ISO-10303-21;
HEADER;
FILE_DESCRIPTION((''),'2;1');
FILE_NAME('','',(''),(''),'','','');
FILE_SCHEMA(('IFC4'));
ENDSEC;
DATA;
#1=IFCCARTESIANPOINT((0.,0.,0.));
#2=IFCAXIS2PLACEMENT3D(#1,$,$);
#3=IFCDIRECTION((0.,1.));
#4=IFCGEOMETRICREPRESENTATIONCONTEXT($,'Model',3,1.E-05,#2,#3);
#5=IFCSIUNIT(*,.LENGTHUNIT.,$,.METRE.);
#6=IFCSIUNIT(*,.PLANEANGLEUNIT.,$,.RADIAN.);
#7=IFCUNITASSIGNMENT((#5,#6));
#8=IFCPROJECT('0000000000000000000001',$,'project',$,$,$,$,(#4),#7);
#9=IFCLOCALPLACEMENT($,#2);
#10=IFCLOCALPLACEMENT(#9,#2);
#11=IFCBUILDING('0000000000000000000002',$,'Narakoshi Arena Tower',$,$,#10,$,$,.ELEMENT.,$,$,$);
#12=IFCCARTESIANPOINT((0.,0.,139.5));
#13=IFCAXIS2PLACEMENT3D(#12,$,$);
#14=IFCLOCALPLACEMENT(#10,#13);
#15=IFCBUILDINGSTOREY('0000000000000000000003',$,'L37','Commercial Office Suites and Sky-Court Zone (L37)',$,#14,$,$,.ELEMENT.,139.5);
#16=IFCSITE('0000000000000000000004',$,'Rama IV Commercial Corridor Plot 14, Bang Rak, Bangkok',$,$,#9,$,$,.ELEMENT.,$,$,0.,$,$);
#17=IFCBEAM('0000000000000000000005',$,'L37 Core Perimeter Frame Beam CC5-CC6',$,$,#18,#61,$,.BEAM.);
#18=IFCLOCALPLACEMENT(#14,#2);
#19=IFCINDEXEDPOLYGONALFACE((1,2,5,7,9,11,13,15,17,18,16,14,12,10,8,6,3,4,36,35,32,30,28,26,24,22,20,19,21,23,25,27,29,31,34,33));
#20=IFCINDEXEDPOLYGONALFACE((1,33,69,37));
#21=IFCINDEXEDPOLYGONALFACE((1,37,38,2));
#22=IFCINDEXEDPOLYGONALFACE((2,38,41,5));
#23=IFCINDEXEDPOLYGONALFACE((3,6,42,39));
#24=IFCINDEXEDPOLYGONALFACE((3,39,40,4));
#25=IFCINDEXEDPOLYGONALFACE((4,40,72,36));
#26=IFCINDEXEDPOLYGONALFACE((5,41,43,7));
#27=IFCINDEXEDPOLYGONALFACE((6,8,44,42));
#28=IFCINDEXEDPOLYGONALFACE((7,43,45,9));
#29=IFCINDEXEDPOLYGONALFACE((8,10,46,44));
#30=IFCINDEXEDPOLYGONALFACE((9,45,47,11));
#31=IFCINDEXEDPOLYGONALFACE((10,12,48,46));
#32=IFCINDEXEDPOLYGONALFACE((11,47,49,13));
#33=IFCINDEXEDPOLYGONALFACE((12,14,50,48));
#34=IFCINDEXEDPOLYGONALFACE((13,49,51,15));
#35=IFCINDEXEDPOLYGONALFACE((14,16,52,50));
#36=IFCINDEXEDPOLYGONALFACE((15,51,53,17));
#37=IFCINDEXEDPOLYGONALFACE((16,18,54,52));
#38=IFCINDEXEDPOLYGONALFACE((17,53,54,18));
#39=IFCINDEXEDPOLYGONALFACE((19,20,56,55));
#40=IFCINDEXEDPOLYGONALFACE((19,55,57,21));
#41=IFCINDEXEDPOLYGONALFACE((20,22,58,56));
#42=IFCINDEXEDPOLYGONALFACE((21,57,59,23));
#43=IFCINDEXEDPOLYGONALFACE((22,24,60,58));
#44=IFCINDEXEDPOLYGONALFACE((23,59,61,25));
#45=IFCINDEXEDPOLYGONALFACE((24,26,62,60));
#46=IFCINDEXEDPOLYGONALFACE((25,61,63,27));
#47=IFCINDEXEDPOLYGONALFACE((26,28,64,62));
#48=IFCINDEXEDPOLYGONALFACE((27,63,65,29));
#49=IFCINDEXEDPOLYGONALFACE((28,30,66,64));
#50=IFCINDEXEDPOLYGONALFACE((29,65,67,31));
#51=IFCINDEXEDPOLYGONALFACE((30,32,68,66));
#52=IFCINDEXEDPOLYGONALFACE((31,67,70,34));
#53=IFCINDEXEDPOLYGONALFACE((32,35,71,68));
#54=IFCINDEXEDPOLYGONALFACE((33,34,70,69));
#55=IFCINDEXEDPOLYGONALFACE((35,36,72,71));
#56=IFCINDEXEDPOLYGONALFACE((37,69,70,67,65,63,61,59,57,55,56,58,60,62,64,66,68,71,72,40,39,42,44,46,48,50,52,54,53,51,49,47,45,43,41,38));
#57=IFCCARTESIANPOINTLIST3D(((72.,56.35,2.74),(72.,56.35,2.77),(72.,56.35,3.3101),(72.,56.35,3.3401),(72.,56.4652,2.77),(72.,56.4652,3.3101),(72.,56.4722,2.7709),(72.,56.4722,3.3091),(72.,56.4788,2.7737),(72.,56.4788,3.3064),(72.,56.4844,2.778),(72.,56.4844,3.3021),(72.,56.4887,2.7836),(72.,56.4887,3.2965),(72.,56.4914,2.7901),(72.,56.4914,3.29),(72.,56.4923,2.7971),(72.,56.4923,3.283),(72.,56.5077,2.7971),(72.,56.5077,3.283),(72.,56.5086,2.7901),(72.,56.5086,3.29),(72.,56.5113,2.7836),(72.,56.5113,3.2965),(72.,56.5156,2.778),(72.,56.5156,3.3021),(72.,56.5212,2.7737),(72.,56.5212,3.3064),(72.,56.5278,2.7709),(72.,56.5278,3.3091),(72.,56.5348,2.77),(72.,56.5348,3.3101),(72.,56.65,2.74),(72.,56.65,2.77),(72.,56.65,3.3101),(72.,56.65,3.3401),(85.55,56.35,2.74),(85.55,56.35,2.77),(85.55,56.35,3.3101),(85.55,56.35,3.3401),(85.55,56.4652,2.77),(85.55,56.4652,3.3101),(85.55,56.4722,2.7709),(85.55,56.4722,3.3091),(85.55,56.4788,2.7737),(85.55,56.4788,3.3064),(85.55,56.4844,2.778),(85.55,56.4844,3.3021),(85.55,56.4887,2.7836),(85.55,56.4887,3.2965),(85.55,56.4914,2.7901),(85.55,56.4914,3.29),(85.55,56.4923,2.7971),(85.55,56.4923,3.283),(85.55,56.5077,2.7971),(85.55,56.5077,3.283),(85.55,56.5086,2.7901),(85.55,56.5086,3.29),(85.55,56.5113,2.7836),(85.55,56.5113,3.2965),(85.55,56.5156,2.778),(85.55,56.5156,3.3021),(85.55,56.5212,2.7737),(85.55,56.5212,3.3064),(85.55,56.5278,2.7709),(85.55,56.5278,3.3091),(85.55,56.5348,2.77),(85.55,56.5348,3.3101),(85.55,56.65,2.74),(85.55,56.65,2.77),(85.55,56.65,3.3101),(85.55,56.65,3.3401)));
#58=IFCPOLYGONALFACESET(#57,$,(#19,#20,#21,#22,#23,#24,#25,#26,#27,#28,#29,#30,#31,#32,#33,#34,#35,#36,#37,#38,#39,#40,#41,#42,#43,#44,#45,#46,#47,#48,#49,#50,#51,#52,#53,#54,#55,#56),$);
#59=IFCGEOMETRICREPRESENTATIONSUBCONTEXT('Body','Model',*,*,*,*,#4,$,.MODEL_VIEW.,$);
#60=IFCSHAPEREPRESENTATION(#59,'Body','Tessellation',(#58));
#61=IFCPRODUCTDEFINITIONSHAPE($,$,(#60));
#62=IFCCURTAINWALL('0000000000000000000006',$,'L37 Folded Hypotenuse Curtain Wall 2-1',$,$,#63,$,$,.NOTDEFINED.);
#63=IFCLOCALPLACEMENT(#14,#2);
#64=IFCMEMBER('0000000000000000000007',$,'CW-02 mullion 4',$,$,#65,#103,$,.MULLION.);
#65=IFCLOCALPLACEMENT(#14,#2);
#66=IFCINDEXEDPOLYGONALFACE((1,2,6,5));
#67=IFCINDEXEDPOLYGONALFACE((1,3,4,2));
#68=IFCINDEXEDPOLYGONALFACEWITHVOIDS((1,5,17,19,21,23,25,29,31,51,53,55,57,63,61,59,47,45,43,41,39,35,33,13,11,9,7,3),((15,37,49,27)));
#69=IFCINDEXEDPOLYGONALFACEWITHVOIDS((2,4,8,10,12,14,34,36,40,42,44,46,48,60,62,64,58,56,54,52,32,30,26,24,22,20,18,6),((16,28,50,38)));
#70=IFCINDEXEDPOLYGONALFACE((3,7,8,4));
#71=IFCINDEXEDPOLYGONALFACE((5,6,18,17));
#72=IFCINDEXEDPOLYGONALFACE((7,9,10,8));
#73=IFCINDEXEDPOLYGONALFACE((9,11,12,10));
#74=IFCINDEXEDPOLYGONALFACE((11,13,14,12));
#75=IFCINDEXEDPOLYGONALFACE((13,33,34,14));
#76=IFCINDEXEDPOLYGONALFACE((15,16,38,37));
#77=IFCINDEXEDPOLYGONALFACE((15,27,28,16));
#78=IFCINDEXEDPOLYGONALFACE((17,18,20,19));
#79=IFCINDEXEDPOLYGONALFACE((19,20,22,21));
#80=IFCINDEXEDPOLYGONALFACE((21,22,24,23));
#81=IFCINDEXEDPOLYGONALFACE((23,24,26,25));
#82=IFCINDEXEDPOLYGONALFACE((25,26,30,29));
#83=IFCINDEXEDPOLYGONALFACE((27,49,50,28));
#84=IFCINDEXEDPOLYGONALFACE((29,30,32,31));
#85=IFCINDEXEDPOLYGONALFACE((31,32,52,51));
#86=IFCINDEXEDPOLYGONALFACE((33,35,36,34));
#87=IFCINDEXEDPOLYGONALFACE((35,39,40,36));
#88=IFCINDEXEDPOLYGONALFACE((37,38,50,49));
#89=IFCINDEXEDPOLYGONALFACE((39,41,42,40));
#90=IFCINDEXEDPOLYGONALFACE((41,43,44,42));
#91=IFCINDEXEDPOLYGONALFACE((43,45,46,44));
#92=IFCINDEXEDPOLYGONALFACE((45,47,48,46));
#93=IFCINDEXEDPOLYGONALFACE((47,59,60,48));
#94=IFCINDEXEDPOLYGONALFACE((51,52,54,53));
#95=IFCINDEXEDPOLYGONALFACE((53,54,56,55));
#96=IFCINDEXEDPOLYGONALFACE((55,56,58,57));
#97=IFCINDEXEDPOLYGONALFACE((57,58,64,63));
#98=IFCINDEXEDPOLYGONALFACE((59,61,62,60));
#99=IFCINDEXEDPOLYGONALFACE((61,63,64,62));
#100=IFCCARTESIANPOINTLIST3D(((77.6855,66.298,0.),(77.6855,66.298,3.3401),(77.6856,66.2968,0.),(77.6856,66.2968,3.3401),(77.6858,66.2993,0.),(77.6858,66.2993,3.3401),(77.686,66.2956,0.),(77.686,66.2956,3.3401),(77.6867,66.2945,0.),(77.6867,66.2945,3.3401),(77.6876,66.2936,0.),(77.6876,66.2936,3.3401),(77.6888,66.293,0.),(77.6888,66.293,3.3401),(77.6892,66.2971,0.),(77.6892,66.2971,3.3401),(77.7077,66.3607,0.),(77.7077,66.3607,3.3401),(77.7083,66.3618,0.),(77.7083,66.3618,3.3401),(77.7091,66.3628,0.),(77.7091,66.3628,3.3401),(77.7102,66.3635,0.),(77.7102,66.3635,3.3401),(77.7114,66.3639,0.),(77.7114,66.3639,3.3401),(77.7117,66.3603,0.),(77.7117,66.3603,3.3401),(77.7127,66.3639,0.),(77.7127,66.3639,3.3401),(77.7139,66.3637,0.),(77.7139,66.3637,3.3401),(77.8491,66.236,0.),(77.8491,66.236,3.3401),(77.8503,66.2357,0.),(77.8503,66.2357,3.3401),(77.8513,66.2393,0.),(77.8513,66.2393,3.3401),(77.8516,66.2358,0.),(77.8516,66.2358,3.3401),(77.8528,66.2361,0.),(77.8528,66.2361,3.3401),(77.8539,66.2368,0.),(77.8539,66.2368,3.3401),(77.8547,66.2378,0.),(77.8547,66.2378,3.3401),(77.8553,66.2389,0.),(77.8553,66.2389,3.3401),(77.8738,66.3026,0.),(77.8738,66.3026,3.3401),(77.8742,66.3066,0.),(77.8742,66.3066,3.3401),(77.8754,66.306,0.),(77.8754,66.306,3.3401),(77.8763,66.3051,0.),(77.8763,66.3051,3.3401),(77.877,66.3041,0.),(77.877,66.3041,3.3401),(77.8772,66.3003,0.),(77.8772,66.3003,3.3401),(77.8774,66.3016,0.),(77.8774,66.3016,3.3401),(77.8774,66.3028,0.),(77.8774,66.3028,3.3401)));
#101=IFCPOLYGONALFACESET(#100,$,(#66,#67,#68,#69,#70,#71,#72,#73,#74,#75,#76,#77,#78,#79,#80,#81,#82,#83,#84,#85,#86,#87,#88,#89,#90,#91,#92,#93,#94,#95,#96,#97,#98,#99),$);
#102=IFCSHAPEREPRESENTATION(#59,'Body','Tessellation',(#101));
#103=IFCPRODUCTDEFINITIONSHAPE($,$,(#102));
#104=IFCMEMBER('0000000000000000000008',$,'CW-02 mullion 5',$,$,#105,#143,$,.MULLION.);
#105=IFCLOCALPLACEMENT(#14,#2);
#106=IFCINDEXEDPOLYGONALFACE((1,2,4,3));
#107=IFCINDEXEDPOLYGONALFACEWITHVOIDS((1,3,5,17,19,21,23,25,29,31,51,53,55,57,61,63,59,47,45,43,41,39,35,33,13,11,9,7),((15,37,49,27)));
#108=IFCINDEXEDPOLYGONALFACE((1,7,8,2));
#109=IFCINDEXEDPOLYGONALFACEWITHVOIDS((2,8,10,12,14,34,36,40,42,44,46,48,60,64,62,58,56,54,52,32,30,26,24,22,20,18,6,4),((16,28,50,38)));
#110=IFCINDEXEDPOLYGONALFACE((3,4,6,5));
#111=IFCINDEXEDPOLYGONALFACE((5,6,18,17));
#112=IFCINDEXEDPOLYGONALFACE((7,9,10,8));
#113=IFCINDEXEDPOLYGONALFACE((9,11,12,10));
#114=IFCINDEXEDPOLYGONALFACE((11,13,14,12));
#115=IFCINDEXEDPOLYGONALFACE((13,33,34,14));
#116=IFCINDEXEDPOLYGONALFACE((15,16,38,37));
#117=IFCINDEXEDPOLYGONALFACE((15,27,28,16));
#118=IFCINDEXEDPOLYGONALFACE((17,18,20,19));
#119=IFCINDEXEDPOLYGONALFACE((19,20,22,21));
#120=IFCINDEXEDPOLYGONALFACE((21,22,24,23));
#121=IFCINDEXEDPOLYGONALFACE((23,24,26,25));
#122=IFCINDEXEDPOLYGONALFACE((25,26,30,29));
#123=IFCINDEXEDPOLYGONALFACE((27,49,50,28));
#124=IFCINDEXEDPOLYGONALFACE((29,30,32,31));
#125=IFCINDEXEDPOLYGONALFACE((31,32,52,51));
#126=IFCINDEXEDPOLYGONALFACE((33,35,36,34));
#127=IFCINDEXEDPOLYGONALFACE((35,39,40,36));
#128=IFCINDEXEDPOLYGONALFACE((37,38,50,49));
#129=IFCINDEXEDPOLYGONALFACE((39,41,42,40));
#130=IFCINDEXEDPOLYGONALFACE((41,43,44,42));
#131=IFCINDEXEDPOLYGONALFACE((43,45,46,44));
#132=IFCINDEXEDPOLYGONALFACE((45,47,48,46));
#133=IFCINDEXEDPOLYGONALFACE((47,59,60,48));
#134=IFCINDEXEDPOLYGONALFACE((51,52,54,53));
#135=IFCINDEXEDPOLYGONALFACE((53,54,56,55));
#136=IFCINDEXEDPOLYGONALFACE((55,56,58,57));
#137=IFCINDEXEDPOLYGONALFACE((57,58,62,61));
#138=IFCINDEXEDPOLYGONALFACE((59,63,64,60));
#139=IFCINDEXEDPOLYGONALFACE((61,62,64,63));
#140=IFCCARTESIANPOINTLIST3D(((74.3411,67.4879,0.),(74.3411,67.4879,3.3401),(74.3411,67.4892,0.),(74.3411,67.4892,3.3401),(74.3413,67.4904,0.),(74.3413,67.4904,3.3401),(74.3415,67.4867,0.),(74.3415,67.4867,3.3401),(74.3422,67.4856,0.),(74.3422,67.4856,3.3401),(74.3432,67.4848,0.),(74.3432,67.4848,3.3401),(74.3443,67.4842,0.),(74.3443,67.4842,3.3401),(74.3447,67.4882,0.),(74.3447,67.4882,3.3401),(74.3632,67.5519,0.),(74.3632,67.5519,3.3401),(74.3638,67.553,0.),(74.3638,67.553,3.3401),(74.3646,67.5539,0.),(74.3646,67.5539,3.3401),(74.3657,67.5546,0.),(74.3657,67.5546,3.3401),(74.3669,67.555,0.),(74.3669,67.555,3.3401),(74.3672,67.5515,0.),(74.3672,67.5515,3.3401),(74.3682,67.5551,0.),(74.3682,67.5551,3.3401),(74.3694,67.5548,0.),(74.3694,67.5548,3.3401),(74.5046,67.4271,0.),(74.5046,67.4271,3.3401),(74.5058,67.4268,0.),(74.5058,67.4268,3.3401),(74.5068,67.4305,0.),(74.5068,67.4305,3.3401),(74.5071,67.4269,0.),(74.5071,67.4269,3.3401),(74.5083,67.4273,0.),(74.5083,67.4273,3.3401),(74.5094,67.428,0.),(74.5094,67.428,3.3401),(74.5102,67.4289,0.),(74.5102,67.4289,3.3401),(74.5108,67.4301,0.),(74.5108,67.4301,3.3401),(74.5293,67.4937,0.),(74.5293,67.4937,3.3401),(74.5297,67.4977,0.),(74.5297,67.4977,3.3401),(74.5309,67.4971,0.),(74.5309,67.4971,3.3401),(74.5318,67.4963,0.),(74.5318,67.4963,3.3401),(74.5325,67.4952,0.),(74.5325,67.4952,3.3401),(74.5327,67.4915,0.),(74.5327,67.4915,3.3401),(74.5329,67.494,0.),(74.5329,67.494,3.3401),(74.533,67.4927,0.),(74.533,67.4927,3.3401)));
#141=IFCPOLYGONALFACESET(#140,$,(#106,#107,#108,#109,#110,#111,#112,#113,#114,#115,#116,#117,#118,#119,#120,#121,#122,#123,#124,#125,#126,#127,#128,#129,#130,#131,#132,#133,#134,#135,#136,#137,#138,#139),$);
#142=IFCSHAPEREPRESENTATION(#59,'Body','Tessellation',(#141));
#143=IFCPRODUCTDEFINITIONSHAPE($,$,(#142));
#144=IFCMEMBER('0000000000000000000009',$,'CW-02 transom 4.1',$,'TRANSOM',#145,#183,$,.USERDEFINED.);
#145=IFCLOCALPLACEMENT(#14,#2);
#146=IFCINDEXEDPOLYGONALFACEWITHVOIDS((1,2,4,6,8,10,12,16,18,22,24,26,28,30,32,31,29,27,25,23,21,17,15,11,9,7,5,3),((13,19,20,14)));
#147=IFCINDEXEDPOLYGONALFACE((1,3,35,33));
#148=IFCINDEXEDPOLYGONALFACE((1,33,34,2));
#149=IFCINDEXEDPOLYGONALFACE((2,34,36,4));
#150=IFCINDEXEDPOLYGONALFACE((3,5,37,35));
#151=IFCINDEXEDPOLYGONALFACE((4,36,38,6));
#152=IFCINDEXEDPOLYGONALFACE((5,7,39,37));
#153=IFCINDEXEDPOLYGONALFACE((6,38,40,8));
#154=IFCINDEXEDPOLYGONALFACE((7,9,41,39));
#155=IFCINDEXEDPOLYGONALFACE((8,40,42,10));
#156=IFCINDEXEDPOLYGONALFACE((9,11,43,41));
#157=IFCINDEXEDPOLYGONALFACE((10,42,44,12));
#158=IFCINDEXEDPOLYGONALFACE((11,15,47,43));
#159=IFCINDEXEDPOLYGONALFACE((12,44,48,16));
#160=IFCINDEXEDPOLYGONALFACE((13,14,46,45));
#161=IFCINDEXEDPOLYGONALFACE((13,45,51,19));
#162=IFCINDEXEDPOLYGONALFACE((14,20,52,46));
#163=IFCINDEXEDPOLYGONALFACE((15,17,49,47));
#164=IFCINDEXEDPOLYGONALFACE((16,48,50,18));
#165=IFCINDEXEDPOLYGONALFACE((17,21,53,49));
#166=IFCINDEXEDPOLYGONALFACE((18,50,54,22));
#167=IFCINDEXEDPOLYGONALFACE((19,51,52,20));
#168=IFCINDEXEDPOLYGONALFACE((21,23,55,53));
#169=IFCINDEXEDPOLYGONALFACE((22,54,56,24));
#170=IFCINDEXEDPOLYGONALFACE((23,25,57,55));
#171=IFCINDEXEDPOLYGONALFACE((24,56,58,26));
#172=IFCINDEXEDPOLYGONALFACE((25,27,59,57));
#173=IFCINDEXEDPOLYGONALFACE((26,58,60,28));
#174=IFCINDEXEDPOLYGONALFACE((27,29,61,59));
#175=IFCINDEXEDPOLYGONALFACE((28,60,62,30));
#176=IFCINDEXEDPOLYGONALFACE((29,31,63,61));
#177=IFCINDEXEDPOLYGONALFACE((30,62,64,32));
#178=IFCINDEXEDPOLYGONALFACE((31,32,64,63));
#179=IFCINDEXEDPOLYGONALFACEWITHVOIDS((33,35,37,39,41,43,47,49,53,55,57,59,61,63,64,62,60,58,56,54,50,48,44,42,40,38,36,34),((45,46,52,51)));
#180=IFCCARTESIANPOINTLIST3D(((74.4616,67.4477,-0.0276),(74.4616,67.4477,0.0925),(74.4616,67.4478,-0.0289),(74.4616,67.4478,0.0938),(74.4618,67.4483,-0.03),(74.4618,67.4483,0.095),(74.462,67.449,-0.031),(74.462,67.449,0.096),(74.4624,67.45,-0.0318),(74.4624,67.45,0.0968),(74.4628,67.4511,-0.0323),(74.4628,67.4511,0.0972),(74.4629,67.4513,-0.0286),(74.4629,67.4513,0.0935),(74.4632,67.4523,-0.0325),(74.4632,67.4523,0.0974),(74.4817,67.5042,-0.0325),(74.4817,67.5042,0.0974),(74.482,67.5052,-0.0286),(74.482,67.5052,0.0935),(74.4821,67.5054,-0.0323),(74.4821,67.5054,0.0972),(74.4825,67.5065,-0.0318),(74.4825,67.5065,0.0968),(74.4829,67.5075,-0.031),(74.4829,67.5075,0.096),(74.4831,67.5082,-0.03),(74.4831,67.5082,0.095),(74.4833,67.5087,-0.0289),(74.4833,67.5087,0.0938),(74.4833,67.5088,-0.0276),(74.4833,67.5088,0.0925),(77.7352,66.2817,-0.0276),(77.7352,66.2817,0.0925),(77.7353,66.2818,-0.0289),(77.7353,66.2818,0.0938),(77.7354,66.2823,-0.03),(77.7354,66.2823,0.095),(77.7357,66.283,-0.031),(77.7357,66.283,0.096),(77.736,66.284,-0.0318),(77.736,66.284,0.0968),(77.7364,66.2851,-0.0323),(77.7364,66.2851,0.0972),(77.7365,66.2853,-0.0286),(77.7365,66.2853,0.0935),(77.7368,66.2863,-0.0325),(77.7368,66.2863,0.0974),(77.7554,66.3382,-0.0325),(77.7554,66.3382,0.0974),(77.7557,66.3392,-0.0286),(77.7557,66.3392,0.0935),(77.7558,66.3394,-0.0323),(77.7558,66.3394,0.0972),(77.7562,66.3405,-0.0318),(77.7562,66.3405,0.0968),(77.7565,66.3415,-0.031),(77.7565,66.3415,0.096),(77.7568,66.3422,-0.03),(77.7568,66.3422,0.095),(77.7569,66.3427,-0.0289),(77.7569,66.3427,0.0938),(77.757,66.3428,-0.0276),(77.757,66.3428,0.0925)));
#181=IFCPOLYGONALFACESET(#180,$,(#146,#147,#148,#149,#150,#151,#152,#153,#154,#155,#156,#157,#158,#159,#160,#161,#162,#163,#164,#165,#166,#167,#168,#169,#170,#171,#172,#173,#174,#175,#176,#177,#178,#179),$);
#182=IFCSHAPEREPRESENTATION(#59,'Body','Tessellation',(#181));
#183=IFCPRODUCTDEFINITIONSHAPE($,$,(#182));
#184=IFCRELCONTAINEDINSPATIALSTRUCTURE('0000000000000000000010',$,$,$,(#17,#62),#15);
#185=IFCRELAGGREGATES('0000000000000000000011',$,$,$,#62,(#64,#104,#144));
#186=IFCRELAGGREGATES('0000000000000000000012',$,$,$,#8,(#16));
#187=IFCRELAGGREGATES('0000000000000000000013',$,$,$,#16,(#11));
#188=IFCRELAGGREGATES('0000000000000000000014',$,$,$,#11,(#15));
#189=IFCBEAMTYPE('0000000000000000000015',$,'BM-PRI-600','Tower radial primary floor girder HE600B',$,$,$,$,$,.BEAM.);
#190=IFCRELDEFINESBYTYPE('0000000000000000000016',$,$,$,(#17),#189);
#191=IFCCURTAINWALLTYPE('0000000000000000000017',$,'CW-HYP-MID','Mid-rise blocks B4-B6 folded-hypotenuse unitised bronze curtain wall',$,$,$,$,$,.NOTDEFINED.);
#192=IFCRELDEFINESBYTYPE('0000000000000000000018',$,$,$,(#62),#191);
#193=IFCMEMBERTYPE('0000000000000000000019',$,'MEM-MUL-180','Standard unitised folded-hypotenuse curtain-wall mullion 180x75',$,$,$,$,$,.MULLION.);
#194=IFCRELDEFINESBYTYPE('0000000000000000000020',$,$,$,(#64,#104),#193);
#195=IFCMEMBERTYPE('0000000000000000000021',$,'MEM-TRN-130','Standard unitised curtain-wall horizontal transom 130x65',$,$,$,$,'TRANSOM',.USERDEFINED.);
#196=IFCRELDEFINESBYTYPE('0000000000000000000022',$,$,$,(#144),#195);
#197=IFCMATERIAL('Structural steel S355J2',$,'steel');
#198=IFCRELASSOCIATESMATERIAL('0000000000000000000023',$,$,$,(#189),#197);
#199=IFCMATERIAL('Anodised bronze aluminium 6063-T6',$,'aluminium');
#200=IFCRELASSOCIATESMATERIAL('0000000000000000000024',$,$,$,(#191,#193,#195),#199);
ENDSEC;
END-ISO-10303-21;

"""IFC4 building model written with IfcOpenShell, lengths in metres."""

from ifc_helpers import new_model, si_unit, direction, frame, origin, origin_2d, place, context, subcontext, project, spatial, hollow_rectangle, i_section, extrude, material, material_profile, profile_set, type_object, element, aggregate, save


model = new_model("IFC4")

# Units and contexts
model_context = context("Model", 3, precision=1e-05, world=origin(), true_north=direction((0.0, 1.0)))
body_context = subcontext(model_context, "Body", "Model", "MODEL_VIEW")
ifc_project = project(units=[si_unit("LENGTHUNIT", "METRE"), si_unit("PLANEANGLEUNIT", "RADIAN")], contexts=[model_context])

# Site, building, storey
site_placement = place(None, origin())
site = spatial("IfcSite", under=ifc_project, at=site_placement, Name="Rama IV Commercial Corridor Plot 14, Bang Rak, Bangkok", CompositionType="ELEMENT", RefElevation=0.0)
building_placement = place(site_placement, origin())
building = spatial("IfcBuilding", under=site, at=building_placement, Name="Narakoshi Arena Tower", CompositionType="ELEMENT")
storey_placement = place(building_placement, frame((0.0, 0.0, 139.5)))
storey = spatial("IfcBuildingStorey", under=building, at=storey_placement, Name="L37", Description="Commercial Office Suites and Sky-Court Zone (L37)", CompositionType="ELEMENT", Elevation=139.5)

# Beam
ifc_material_1 = material(Name="Structural steel S355J2", Category="steel")
ifc_material_profile_1 = material_profile(ifc_material_1, i_section(OverallWidth=0.3, OverallDepth=0.6001, WebThickness=0.0154, FlangeThickness=0.03, FilletRadius=0.0271, at=origin_2d()), Name="HE600B")
ifc_profile_set_1 = profile_set([ifc_material_profile_1], Name="Structural steel S355J2")
beam_type = type_object("IfcBeamType", Name="BM-PRI-600", Description="Tower radial primary floor girder HE600B", PredefinedType="BEAM", material=ifc_profile_set_1)
beam_placement = place(storey_placement, frame((72.0, 56.5, 3.04), z_axis=(1.0, 0.0, 0.0), x_axis=(0.0, 1.0, 0.0)))
element("IfcBeam", 1, at=beam_placement, inside=storey, type_object=beam_type, Name="L37 Core Perimeter Frame Beam CC5-CC6", PredefinedType="BEAM", context=body_context, shape_type="SweptSolid", body=[
    extrude(i_section(OverallWidth=0.3, OverallDepth=0.6001, WebThickness=0.0154, FlangeThickness=0.03, FilletRadius=0.0271, at=origin_2d()), origin(), (0.0, 0.0, 1.0), 13.55),
])

# Curtain wall, members
ifc_material_2 = material(Name="Anodised bronze aluminium 6063-T6", Category="aluminium")
curtain_wall_type = type_object("IfcCurtainWallType", Name="CW-HYP-MID", Description="Mid-rise blocks B4-B6 folded-hypotenuse unitised bronze curtain wall", PredefinedType="NOTDEFINED", material=ifc_material_2)
curtain_wall_placement = place(storey_placement, origin())
curtain_wall = element("IfcCurtainWall", 2, at=curtain_wall_placement, inside=storey, type_object=curtain_wall_type, Name="L37 Folded Hypotenuse Curtain Wall 2-1", PredefinedType="NOTDEFINED")
ifc_material_profile_2 = material_profile(ifc_material_2, hollow_rectangle(XDim=0.075, YDim=0.1799, WallThickness=0.0039, OuterFilletRadius=0.0049, at=origin_2d()), Name="MUL180x75x4")
ifc_profile_set_2 = profile_set([ifc_material_profile_2], Name="Anodised bronze aluminium 6063-T6")
member_type_1 = type_object("IfcMemberType", Name="MEM-MUL-180", Description="Standard unitised folded-hypotenuse curtain-wall mullion 180x75", PredefinedType="MULLION", material=ifc_profile_set_2)
member_1_placement = place(storey_placement, frame((77.7815, 66.2998, 0.0), z_axis=(0.0, 0.0, 1.0), x_axis=(-0.335518, -0.942034, 0.0)))
member_1 = element("IfcMember", 3, at=member_1_placement, type_object=member_type_1, Name="CW-02 mullion 4", PredefinedType="MULLION", context=body_context, shape_type="SweptSolid", body=[
    extrude(hollow_rectangle(XDim=0.075, YDim=0.1799, WallThickness=0.0039, OuterFilletRadius=0.0049, at=origin_2d()), origin(), (0.0, 0.0, 1.0), 3.3401),
])
member_2_placement = place(storey_placement, frame((74.437, 67.491, 0.0), z_axis=(0.0, 0.0, 1.0), x_axis=(-0.335518, -0.942034, 0.0)))
member_2 = element("IfcMember", 4, at=member_2_placement, type_object=member_type_1, Name="CW-02 mullion 5", PredefinedType="MULLION", context=body_context, shape_type="SweptSolid", body=[
    extrude(hollow_rectangle(XDim=0.075, YDim=0.1799, WallThickness=0.0039, OuterFilletRadius=0.0049, at=origin_2d()), origin(), (0.0, 0.0, 1.0), 3.3401),
])
ifc_material_profile_3 = material_profile(ifc_material_2, hollow_rectangle(XDim=0.0649, YDim=0.1299, WallThickness=0.0039, OuterFilletRadius=0.0049, at=origin_2d()), Name="TRN130x65x4")
ifc_profile_set_3 = profile_set([ifc_material_profile_3], Name="Anodised bronze aluminium 6063-T6")
member_type_2 = type_object("IfcMemberType", Name="MEM-TRN-130", Description="Standard unitised curtain-wall horizontal transom 130x65", ElementType="TRANSOM", PredefinedType="USERDEFINED", material=ifc_profile_set_3)
member_3_placement = place(storey_placement, frame((77.7461, 66.3123, 0.0325), z_axis=(-0.942029, 0.335531, 0.0), x_axis=(-0.335531, -0.942029, 0.0)))
member_3 = element("IfcMember", 5, at=member_3_placement, type_object=member_type_2, Name="CW-02 transom 4.1", ObjectType="TRANSOM", PredefinedType="USERDEFINED", context=body_context, shape_type="SweptSolid", body=[
    extrude(hollow_rectangle(XDim=0.0649, YDim=0.1299, WallThickness=0.0039, OuterFilletRadius=0.0049, at=origin_2d()), origin(), (0.0, 0.0, 1.0), 3.4751),
])
aggregate(curtain_wall, [member_1, member_2, member_3])

save(model, "model.ifc")
